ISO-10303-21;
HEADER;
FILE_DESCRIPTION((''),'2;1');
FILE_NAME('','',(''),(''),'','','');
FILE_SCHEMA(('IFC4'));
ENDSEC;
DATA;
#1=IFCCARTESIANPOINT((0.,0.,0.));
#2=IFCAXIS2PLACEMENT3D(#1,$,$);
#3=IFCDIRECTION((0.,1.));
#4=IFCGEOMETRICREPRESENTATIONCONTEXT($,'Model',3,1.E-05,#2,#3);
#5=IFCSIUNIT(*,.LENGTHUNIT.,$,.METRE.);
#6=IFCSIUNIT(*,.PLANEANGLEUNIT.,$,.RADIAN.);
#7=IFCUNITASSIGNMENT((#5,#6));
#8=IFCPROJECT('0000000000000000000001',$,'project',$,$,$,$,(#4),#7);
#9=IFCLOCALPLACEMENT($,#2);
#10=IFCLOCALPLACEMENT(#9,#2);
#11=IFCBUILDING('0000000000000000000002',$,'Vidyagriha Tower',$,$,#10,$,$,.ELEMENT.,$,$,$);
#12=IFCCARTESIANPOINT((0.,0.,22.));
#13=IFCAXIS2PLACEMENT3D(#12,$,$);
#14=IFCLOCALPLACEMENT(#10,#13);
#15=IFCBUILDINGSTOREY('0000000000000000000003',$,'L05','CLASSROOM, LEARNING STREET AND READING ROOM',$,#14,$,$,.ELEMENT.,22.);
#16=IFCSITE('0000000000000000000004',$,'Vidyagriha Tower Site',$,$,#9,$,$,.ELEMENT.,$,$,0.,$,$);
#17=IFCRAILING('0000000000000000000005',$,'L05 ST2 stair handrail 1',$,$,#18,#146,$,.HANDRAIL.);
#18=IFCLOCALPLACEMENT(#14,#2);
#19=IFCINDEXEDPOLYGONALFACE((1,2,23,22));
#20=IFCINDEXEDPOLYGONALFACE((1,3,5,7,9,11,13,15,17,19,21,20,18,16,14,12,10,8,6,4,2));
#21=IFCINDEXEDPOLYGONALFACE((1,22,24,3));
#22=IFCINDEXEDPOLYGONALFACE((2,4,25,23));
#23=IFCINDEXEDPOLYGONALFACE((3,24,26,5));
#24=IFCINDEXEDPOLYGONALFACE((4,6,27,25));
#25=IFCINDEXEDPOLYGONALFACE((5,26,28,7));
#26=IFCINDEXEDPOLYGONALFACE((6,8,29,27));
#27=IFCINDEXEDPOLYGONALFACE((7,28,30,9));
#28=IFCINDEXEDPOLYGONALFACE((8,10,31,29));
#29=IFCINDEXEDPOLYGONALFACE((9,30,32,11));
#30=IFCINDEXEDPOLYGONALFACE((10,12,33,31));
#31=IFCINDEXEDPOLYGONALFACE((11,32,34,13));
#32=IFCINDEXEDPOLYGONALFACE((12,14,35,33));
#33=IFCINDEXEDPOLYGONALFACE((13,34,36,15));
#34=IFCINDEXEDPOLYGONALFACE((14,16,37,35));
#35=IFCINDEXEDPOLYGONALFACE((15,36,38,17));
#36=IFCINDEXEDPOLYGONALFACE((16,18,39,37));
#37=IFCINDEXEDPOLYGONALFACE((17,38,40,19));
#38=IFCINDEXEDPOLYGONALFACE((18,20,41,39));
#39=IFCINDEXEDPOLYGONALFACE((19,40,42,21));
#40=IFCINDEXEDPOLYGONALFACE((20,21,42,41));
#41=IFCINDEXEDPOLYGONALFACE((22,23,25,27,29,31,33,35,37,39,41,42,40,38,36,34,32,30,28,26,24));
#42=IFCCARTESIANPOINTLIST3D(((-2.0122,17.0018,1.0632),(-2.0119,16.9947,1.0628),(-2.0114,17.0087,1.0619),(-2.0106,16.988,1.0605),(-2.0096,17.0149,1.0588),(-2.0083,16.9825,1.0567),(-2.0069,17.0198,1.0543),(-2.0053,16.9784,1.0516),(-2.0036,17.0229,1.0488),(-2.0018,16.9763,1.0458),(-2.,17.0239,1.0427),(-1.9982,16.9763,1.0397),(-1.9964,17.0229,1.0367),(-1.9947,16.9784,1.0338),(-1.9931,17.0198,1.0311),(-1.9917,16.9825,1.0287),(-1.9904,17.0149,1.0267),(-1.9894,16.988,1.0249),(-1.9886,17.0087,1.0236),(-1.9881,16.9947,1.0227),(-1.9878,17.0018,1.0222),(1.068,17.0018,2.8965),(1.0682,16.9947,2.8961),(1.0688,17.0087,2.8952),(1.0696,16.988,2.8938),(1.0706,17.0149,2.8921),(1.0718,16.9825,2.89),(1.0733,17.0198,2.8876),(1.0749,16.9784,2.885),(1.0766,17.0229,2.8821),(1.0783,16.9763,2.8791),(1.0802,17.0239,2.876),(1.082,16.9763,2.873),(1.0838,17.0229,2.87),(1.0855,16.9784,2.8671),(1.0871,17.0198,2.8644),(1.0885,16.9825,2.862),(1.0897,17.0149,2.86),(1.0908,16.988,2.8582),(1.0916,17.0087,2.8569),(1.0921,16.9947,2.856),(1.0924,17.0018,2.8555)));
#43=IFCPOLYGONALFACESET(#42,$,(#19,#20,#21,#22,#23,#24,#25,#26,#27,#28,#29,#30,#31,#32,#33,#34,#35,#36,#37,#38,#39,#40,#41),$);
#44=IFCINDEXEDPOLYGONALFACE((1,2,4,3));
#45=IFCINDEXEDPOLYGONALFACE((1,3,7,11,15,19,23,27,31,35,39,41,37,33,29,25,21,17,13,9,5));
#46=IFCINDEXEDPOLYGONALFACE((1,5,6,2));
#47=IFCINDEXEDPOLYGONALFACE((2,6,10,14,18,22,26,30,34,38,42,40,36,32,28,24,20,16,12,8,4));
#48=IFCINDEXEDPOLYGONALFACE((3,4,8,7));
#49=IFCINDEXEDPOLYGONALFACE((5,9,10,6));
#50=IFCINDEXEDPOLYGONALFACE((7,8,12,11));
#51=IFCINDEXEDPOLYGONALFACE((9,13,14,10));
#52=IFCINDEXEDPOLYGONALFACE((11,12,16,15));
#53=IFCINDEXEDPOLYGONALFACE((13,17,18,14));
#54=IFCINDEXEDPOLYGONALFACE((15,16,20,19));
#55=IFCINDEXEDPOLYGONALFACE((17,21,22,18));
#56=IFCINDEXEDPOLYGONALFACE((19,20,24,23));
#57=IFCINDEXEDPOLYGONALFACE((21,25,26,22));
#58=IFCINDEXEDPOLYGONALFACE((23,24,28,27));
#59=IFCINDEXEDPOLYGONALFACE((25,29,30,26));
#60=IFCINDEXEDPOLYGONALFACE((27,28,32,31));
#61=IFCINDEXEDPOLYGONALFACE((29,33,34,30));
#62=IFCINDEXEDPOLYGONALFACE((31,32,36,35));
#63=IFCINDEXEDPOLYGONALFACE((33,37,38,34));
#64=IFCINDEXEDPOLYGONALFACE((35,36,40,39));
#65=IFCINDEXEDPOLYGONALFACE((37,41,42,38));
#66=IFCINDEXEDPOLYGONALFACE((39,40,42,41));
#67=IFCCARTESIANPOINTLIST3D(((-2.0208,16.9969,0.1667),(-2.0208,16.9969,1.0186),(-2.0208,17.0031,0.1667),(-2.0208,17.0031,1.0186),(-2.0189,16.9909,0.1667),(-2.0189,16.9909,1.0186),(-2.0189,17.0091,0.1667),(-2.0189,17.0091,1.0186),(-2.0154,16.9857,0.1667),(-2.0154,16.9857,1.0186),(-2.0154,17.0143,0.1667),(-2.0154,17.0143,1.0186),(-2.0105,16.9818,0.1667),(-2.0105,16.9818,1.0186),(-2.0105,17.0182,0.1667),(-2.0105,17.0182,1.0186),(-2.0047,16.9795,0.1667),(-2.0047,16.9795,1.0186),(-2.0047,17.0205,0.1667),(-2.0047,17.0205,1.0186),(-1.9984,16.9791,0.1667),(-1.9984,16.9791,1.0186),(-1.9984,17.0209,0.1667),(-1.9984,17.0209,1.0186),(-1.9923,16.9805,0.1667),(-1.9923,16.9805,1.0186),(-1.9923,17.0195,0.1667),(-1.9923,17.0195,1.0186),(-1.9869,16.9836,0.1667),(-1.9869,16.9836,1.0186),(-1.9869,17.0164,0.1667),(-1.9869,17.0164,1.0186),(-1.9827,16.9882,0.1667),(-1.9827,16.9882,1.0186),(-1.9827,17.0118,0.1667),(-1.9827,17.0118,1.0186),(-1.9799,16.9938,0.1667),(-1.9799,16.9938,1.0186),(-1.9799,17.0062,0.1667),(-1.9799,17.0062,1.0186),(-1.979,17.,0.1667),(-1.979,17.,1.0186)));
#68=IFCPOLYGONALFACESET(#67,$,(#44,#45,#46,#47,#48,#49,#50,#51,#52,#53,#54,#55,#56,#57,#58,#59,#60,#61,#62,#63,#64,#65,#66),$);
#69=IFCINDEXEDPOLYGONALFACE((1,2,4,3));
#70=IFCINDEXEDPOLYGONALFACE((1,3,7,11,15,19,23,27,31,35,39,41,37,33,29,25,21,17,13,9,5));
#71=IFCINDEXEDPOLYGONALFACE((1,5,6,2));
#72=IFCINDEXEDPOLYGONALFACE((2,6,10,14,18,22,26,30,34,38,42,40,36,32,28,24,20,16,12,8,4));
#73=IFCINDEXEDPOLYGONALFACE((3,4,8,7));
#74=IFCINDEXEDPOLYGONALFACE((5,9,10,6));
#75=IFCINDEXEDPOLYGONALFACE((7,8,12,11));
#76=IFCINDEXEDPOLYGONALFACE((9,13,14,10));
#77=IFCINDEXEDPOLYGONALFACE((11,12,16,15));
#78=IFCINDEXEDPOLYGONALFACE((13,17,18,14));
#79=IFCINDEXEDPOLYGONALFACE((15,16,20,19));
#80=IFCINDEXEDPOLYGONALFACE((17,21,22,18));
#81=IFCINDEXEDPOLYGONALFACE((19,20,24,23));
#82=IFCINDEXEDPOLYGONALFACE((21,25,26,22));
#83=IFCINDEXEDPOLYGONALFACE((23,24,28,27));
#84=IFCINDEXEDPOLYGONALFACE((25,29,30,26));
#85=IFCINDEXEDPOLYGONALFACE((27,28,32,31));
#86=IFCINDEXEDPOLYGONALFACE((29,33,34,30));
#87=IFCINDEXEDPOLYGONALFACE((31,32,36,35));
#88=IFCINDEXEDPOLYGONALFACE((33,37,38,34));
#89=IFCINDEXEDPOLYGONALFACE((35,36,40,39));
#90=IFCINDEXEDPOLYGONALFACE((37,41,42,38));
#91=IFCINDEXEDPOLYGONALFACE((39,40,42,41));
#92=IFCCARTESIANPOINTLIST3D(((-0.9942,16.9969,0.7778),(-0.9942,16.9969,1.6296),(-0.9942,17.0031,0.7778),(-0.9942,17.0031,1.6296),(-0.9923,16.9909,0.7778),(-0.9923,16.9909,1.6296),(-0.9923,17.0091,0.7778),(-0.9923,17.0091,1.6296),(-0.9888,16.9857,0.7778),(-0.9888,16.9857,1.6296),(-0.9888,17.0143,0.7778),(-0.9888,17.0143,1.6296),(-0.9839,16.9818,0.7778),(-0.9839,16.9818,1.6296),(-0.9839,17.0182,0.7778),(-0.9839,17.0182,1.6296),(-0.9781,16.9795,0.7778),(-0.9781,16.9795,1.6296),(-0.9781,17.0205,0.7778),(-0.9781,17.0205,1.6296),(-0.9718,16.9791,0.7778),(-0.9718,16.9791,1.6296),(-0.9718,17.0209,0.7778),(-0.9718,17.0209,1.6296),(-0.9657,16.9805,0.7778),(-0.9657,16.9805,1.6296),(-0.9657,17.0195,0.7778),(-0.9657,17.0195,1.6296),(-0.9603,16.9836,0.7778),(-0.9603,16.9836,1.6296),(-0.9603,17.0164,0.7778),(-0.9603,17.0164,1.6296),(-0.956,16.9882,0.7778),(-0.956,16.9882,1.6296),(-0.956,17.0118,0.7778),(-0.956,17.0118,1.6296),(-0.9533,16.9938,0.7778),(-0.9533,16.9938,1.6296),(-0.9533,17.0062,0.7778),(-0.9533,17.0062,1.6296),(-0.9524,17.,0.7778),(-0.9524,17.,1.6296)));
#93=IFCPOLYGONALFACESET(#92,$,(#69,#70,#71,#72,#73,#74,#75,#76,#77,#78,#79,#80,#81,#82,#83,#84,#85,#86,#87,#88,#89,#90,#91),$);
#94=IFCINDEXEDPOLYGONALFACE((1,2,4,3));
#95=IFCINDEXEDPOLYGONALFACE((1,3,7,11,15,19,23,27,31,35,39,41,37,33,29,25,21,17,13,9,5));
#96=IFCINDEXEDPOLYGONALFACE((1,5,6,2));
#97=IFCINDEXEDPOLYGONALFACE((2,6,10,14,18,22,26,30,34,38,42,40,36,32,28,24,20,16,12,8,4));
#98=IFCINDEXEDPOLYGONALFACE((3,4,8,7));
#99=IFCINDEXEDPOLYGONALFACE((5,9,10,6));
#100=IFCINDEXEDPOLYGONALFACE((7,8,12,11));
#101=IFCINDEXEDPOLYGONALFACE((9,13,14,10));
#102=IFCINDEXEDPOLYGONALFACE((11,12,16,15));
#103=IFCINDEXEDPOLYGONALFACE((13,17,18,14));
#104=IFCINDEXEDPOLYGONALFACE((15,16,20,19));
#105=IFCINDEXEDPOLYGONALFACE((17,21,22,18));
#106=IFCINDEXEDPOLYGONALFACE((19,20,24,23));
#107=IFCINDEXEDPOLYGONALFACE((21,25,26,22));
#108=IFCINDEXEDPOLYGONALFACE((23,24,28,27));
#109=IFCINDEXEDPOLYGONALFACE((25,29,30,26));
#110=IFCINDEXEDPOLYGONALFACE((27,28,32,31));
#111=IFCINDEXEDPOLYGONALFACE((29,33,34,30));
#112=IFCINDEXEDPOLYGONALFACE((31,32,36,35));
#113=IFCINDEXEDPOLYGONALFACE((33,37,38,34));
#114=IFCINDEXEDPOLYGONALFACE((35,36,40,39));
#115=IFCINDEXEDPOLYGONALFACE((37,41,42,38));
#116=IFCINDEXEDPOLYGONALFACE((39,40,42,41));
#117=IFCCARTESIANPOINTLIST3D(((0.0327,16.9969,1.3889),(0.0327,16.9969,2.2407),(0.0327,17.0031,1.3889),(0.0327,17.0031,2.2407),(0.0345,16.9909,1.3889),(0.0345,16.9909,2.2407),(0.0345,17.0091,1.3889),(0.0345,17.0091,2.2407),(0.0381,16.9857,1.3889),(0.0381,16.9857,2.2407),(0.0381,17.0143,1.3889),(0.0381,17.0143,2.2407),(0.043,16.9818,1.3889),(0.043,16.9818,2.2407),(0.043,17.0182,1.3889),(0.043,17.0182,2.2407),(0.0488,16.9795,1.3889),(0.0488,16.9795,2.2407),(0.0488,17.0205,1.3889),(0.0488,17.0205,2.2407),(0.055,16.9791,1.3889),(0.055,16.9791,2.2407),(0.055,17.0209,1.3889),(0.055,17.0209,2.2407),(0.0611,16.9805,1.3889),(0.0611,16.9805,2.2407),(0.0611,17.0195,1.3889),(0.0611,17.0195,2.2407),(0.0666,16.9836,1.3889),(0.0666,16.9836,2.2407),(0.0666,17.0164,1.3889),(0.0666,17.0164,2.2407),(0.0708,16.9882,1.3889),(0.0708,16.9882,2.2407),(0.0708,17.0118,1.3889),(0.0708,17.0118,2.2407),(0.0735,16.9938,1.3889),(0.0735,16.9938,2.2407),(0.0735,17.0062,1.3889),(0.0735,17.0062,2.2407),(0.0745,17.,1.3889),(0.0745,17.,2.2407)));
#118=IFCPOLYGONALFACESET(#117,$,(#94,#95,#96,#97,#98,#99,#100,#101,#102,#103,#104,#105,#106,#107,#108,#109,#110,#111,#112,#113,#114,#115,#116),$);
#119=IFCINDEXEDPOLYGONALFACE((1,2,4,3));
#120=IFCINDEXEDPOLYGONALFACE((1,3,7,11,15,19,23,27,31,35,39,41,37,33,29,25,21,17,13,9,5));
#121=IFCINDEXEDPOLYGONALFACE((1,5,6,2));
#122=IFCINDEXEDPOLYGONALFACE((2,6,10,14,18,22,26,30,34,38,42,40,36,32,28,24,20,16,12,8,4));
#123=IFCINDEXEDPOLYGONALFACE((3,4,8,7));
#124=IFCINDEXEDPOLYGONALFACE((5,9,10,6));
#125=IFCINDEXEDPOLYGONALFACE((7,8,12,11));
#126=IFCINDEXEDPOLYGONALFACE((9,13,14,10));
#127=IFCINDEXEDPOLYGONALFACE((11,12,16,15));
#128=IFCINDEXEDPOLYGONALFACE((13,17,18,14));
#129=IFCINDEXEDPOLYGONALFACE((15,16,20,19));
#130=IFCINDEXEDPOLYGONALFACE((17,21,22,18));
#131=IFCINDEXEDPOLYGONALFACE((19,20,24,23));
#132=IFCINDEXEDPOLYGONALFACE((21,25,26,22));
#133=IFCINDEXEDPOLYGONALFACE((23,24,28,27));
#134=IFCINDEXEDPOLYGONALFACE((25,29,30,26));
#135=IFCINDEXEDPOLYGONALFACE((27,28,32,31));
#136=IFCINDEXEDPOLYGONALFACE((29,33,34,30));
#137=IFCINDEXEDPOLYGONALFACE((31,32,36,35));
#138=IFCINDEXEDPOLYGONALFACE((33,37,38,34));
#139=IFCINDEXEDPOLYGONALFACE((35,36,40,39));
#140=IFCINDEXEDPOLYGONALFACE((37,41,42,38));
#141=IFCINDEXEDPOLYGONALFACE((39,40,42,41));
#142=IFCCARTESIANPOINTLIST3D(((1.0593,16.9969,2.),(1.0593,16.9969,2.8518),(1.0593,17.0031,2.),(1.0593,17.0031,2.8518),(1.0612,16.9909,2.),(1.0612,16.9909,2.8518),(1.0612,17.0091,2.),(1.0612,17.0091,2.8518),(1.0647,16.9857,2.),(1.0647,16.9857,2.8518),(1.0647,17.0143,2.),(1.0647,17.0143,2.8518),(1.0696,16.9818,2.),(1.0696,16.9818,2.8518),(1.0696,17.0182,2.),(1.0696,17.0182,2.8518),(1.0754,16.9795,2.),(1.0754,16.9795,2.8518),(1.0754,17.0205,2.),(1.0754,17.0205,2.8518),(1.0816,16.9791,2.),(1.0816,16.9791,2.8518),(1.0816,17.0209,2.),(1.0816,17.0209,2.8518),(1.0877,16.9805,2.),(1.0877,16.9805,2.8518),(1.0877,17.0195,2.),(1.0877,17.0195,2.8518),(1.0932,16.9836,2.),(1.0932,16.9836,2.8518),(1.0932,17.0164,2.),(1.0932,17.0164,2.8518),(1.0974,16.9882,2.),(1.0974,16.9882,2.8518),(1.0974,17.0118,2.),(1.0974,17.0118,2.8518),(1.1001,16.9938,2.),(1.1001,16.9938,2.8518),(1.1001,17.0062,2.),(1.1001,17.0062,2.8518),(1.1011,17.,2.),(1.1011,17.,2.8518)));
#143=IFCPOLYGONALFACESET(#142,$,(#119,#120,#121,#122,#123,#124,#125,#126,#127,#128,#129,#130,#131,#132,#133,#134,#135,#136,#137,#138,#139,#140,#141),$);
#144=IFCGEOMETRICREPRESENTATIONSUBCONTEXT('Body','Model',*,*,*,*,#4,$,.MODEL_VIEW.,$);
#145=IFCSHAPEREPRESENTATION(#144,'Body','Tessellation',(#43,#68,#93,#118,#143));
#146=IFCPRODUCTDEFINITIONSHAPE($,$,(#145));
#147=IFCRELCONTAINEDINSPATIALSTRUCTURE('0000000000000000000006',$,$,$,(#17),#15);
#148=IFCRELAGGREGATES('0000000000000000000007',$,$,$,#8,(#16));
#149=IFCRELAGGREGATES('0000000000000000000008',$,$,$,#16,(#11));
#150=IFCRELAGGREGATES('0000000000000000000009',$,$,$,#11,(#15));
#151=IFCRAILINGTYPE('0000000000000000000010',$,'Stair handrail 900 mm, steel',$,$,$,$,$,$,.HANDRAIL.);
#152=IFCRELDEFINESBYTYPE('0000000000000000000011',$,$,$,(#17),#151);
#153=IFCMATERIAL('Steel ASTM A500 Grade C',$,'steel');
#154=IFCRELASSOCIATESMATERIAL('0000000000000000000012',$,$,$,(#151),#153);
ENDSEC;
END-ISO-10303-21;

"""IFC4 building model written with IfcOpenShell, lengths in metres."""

from ifc_helpers import new_model, si_unit, direction, frame, origin, origin_2d, place, context, subcontext, project, spatial, circle, extrude, material, type_object, element, save


model = new_model("IFC4")

# Units and contexts
model_context = context("Model", 3, precision=1e-05, world=origin(), true_north=direction((0.0, 1.0)))
body_context = subcontext(model_context, "Body", "Model", "MODEL_VIEW")
ifc_project = project(units=[si_unit("LENGTHUNIT", "METRE"), si_unit("PLANEANGLEUNIT", "RADIAN")], contexts=[model_context])

# Site, building, storey
site_placement = place(None, origin())
site = spatial("IfcSite", under=ifc_project, at=site_placement, Name="Vidyagriha Tower Site", CompositionType="ELEMENT", RefElevation=0.0)
building_placement = place(site_placement, origin())
building = spatial("IfcBuilding", under=site, at=building_placement, Name="Vidyagriha Tower", CompositionType="ELEMENT")
storey_placement = place(building_placement, frame((0.0, 0.0, 22.0)))
storey = spatial("IfcBuildingStorey", under=building, at=storey_placement, Name="L05", Description="CLASSROOM, LEARNING STREET AND READING ROOM", CompositionType="ELEMENT", Elevation=22.0)

# Railing
ifc_material_1 = material(Name="Steel ASTM A500 Grade C", Category="steel")
railing_type_1 = type_object("IfcRailingType", Name="Stair handrail 900 mm, steel", PredefinedType="HANDRAIL", material=ifc_material_1)
railing_1_placement = place(storey_placement, frame((-2.0, 17.0, 0.1667)))
element("IfcRailing", 1, at=railing_1_placement, inside=storey, type_object=railing_type_1, Name="L05 ST2 stair handrail 1", PredefinedType="HANDRAIL", context=body_context, shape_type="SweptSolid", body=[
    extrude(circle(Radius=0.0239, at=origin_2d()), frame((0.0, 0.0, 0.876), z_axis=(0.859309, 0.0, 0.511458), x_axis=(0.0, 1.0, 0.0)), (0.0, 0.0, 1.0), 3.5845),
    extrude(circle(Radius=0.021, at=origin_2d()), origin(), (0.0, 0.0, 1.0), 0.8518),
    extrude(circle(Radius=0.021, at=origin_2d()), frame((1.0266, 0.0, 0.6111)), (0.0, 0.0, 1.0), 0.8518),
    extrude(circle(Radius=0.021, at=origin_2d()), frame((2.0535, 0.0, 1.2222)), (0.0, 0.0, 1.0), 0.8518),
    extrude(circle(Radius=0.021, at=origin_2d()), frame((3.0801, 0.0, 1.8333)), (0.0, 0.0, 1.0), 0.8518),
])

save(model, "model.ifc")
